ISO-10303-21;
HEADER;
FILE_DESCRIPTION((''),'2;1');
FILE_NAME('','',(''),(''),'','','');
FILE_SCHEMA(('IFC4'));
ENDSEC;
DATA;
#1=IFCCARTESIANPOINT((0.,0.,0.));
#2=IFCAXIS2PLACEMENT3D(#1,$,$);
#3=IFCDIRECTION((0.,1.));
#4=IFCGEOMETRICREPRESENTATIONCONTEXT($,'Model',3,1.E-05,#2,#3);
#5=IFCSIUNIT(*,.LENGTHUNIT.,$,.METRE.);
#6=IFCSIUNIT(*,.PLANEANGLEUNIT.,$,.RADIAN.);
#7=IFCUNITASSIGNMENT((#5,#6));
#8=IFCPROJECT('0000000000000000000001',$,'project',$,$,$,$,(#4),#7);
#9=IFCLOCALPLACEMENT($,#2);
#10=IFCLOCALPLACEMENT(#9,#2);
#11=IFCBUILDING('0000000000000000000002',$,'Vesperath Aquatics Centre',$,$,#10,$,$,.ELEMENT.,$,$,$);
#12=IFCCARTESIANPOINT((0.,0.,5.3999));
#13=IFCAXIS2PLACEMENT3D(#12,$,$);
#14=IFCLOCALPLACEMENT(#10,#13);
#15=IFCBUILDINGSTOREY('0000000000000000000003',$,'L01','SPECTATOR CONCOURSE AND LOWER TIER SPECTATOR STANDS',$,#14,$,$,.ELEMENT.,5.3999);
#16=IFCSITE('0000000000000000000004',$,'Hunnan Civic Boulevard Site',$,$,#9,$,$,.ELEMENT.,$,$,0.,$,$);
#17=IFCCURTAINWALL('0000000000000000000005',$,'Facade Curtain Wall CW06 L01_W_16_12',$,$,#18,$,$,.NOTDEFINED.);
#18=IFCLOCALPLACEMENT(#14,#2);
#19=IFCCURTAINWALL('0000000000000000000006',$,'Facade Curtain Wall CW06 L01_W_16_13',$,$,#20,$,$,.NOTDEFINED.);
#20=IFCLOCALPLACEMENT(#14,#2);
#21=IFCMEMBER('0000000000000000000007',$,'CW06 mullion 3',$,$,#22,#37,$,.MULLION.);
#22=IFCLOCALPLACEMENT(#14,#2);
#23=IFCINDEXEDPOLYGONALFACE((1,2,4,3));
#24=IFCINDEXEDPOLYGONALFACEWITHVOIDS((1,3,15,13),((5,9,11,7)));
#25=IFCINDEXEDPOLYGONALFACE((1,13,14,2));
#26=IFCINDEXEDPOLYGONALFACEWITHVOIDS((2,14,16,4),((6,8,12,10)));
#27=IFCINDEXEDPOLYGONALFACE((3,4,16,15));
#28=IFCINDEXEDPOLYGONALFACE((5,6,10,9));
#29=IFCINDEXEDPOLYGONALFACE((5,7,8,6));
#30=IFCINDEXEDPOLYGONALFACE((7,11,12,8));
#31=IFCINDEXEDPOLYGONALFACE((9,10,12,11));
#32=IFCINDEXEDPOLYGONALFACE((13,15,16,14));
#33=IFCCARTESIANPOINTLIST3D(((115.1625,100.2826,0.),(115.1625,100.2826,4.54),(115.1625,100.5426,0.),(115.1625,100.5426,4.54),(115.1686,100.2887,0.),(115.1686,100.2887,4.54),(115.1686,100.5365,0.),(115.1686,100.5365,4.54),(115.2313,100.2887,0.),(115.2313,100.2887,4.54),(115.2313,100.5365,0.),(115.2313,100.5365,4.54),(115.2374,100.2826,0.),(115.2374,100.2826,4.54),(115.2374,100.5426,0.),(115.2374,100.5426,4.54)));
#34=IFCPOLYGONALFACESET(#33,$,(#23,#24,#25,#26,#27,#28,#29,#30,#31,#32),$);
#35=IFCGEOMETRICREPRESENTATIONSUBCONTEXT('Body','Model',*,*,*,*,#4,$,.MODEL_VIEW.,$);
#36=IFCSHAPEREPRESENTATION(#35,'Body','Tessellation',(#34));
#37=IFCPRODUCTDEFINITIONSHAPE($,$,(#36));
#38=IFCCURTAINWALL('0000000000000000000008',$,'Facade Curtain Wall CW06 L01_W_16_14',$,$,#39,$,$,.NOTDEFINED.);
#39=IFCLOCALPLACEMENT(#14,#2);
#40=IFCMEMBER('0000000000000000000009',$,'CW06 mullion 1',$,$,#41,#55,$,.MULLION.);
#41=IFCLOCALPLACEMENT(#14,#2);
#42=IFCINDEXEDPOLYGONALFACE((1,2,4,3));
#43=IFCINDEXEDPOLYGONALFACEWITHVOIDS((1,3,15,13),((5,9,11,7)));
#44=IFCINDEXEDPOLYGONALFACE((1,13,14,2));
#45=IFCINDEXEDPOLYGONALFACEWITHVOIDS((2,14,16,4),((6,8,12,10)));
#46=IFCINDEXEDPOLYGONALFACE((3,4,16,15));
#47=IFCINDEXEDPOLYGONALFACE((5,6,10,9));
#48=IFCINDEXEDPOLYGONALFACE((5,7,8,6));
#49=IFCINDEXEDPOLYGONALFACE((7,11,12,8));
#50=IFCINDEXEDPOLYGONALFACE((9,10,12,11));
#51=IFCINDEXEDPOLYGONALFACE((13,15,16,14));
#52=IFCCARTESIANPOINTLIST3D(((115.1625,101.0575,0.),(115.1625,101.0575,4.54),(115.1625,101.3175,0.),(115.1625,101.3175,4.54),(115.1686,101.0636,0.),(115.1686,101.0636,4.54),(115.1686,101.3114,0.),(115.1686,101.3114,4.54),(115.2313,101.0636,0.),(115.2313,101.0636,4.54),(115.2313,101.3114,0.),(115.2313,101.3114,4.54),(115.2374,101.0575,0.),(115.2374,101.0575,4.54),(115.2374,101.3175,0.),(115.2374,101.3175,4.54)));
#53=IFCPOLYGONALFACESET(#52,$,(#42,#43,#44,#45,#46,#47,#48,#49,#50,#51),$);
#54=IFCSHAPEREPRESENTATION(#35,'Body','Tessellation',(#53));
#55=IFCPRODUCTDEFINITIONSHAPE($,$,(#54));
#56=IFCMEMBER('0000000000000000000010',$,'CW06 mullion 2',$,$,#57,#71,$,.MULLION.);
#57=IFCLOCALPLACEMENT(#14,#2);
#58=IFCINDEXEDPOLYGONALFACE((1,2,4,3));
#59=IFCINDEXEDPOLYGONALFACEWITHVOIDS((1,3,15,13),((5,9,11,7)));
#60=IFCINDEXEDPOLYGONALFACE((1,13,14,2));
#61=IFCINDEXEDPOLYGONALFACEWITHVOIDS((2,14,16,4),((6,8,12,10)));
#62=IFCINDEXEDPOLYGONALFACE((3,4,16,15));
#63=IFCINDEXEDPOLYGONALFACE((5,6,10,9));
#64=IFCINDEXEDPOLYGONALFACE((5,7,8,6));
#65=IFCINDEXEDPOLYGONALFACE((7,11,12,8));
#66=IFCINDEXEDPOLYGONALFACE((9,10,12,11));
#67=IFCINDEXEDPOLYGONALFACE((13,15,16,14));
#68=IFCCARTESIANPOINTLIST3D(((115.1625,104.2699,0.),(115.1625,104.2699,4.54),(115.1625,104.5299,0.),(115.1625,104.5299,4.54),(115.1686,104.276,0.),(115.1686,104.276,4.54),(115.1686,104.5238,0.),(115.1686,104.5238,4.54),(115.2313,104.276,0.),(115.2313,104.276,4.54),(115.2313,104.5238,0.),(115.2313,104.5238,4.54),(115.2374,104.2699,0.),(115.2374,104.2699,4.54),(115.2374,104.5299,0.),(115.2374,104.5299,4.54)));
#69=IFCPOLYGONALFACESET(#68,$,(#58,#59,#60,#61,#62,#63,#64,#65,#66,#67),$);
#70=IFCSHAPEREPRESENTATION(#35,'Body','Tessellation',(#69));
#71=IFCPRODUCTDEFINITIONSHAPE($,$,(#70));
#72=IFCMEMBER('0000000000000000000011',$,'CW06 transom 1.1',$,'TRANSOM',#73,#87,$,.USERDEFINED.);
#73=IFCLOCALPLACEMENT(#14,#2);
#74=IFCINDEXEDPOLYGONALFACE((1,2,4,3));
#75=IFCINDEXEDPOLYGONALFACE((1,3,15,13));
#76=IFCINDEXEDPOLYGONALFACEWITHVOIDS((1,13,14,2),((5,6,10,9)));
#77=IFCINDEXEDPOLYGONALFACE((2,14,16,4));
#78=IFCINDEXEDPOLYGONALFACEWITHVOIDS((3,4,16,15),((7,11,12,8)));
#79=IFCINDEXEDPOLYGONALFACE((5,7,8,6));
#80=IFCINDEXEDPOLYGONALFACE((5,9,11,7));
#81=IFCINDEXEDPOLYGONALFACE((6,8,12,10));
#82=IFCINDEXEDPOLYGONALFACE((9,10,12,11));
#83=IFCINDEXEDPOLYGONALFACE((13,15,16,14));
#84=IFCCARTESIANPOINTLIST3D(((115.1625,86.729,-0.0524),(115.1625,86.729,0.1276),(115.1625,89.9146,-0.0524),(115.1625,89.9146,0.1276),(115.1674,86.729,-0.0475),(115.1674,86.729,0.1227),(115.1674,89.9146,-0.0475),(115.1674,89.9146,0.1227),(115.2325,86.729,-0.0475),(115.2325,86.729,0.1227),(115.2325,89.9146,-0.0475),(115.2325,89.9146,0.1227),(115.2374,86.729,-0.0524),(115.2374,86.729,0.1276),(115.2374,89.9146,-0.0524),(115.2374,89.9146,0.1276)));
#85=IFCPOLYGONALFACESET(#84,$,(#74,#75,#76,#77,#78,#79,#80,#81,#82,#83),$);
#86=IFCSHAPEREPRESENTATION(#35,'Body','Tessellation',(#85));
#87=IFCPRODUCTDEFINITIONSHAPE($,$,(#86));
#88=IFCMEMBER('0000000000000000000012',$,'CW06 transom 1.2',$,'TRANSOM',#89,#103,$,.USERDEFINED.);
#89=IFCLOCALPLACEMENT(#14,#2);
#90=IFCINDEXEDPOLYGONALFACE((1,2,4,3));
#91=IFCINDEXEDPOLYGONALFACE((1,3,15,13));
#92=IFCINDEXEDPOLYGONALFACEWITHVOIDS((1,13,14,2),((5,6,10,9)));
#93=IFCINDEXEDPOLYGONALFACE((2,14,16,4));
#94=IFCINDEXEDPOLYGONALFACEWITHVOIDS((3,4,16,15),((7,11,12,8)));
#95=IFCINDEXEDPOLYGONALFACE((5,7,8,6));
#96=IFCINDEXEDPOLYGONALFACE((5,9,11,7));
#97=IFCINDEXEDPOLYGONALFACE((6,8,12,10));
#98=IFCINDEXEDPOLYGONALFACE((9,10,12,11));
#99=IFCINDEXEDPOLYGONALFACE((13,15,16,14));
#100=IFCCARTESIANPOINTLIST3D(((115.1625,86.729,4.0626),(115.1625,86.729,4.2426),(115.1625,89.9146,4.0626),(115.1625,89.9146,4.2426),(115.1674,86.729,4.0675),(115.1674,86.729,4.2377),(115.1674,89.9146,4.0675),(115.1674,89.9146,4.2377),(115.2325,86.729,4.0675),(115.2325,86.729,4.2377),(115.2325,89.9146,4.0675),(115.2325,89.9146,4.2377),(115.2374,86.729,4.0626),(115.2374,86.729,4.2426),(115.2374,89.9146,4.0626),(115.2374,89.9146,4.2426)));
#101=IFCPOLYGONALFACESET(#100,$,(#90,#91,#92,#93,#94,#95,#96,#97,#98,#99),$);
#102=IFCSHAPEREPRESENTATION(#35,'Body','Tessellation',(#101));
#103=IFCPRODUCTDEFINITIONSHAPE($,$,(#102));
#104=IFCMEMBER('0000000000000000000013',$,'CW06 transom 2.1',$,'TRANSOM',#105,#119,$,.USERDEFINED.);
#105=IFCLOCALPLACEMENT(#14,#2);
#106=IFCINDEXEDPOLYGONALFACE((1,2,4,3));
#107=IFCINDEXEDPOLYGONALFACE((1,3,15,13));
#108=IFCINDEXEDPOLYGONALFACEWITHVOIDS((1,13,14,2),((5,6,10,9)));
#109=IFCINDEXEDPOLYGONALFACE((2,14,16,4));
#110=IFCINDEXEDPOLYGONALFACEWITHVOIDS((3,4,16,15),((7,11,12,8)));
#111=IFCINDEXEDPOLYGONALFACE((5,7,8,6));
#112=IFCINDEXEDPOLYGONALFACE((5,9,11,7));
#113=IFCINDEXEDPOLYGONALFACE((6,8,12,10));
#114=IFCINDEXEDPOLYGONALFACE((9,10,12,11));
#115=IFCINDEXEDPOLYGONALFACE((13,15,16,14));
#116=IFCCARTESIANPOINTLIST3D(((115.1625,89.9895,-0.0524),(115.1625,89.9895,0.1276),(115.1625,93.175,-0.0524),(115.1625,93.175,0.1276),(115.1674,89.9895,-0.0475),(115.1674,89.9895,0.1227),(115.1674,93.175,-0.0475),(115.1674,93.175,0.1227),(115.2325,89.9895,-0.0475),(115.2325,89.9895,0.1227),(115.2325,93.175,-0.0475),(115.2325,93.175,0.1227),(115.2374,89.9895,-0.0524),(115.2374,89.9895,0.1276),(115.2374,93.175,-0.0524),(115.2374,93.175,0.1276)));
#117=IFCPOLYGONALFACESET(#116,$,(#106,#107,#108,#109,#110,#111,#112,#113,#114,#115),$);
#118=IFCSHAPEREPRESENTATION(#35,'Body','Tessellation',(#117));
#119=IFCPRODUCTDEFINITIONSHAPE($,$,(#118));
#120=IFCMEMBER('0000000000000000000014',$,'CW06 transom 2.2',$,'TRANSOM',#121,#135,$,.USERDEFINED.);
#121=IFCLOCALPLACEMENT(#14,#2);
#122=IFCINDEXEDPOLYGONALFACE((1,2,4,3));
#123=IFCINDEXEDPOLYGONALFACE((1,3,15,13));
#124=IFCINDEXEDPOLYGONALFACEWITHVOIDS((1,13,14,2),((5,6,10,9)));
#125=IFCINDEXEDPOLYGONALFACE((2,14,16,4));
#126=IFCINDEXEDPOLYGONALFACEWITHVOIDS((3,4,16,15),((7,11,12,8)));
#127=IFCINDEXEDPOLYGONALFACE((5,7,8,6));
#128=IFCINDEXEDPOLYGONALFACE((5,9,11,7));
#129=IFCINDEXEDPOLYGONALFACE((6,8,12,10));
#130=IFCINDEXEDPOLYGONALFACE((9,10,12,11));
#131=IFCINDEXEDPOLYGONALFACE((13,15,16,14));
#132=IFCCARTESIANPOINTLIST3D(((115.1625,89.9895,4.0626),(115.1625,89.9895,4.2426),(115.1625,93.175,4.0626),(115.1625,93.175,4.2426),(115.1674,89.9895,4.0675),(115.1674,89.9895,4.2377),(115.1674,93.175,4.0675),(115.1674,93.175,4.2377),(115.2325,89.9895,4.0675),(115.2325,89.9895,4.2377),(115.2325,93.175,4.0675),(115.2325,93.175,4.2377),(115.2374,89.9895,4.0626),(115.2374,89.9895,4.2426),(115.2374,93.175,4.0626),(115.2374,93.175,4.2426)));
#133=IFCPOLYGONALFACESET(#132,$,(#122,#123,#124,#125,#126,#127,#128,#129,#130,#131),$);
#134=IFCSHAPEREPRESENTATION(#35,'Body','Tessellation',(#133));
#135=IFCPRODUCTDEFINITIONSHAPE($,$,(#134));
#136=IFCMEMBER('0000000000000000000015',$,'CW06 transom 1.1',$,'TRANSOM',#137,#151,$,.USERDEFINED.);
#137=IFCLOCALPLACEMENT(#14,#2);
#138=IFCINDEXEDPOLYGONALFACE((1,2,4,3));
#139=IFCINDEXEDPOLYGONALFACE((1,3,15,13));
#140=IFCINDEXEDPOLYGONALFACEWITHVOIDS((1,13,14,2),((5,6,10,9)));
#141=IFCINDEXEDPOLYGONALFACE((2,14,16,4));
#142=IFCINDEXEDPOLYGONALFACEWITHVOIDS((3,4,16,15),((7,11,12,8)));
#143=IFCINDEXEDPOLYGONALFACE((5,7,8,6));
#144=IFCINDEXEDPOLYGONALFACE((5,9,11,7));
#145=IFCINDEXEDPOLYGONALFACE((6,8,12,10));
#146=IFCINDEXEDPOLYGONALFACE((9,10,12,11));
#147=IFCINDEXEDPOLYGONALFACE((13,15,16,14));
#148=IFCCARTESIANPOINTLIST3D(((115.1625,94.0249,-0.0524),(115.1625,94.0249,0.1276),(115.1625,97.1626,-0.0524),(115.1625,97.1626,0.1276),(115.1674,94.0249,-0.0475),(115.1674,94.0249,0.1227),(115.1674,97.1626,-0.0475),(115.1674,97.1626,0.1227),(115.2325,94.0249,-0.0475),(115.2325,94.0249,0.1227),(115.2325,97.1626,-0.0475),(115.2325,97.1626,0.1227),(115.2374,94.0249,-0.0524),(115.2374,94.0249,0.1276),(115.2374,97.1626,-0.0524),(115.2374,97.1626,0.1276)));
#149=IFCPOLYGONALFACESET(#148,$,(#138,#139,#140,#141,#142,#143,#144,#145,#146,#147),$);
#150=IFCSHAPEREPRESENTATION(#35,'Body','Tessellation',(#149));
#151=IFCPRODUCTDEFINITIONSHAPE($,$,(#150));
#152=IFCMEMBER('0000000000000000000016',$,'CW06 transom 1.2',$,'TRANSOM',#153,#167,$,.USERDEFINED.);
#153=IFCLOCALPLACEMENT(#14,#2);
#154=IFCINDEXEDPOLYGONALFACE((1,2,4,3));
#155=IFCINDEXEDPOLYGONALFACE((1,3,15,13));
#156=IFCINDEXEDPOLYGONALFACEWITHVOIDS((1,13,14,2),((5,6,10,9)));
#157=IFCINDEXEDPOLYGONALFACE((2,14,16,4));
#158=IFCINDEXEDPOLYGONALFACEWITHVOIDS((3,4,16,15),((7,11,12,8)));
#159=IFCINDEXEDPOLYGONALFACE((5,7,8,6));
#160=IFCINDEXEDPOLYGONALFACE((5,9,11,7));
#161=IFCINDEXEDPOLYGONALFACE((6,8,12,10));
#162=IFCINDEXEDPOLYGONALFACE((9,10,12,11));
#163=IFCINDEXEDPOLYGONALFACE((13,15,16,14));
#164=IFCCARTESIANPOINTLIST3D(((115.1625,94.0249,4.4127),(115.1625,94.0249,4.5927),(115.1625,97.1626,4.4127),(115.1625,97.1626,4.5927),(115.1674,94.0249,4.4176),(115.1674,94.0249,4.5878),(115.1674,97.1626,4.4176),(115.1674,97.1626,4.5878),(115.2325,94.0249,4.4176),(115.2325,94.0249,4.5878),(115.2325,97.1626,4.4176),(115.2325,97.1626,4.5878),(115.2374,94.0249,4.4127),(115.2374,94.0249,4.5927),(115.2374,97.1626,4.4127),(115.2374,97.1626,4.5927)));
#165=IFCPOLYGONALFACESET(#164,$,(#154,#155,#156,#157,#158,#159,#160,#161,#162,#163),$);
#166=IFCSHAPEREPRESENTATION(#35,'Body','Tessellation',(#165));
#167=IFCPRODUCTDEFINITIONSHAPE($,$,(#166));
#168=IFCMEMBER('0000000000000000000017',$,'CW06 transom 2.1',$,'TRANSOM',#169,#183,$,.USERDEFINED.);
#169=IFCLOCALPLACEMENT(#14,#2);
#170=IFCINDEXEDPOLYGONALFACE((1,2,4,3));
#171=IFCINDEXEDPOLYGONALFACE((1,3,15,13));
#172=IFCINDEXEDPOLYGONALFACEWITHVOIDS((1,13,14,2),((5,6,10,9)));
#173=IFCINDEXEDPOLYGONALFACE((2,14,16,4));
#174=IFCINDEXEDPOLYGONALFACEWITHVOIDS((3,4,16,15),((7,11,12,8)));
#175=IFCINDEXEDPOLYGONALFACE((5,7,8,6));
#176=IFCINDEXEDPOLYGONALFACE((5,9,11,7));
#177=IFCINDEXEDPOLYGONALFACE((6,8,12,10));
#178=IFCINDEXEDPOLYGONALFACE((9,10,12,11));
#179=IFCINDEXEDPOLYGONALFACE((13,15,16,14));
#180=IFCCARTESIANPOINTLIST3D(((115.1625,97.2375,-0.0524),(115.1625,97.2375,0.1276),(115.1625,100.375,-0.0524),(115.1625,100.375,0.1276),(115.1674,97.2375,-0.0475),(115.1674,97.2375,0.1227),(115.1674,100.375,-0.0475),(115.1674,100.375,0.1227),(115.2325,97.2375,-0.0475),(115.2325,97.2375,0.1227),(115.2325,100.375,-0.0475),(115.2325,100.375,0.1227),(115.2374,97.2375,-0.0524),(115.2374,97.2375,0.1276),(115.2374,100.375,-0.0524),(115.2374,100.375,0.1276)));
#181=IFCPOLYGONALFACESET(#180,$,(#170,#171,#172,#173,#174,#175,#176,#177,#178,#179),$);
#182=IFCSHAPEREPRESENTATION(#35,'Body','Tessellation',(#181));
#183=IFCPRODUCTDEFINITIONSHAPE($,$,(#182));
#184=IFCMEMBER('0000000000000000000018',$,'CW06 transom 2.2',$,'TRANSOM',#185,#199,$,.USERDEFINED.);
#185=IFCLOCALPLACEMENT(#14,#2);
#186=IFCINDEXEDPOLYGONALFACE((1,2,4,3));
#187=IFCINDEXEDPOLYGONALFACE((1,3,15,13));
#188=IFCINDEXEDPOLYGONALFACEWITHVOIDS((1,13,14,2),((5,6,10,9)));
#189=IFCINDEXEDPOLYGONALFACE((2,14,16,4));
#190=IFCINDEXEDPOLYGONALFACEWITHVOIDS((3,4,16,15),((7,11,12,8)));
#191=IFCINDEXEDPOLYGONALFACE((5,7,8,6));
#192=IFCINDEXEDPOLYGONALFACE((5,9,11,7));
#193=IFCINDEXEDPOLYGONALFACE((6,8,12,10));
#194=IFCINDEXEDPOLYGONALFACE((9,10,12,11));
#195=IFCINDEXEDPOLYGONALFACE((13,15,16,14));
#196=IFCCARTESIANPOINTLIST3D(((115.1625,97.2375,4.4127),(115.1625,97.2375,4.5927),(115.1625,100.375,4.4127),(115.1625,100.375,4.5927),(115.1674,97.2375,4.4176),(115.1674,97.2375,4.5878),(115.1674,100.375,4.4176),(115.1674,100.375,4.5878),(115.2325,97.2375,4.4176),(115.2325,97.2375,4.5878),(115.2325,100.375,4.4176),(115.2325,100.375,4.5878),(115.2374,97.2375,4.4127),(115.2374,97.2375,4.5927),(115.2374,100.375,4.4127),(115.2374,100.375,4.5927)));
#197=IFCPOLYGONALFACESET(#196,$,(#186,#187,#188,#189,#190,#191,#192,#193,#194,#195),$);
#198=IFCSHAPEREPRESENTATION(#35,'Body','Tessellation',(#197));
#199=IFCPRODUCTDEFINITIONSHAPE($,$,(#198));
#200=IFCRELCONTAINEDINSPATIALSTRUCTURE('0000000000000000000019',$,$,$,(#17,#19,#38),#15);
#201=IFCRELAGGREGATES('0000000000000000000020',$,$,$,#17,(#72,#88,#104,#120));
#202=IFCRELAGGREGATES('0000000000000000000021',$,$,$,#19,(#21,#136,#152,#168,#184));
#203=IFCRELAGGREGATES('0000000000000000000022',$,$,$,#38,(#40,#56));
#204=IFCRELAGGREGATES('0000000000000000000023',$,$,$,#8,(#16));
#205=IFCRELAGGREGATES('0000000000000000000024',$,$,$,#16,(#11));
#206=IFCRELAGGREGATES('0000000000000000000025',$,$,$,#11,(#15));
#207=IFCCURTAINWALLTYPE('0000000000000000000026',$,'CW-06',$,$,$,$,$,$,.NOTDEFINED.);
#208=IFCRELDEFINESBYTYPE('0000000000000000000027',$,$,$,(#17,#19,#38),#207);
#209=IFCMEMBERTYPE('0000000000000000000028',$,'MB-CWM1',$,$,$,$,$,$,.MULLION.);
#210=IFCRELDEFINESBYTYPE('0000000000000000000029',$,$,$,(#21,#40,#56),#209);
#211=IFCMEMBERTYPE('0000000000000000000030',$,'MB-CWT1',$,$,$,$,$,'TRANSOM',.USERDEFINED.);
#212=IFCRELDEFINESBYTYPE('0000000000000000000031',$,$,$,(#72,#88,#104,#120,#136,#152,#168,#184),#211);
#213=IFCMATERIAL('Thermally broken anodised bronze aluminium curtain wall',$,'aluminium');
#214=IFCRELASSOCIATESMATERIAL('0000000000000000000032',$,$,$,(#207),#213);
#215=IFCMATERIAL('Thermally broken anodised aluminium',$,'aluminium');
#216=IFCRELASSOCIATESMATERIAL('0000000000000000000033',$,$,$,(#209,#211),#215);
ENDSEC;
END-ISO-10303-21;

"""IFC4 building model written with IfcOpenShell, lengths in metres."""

from ifc_helpers import new_model, si_unit, direction, frame, origin, origin_2d, place, context, subcontext, project, spatial, hollow_rectangle, extrude, material, material_profile, profile_set, type_object, element, aggregate, save


model = new_model("IFC4")

# Units and contexts
model_context = context("Model", 3, precision=1e-05, world=origin(), true_north=direction((0.0, 1.0)))
body_context = subcontext(model_context, "Body", "Model", "MODEL_VIEW")
ifc_project = project(units=[si_unit("LENGTHUNIT", "METRE"), si_unit("PLANEANGLEUNIT", "RADIAN")], contexts=[model_context])

# Site, building, storey
site_placement = place(None, origin())
site = spatial("IfcSite", under=ifc_project, at=site_placement, Name="Hunnan Civic Boulevard Site", CompositionType="ELEMENT", RefElevation=0.0)
building_placement = place(site_placement, origin())
building = spatial("IfcBuilding", under=site, at=building_placement, Name="Vesperath Aquatics Centre", CompositionType="ELEMENT")
storey_placement = place(building_placement, frame((0.0, 0.0, 5.3999)))
storey = spatial("IfcBuildingStorey", under=building, at=storey_placement, Name="L01", Description="SPECTATOR CONCOURSE AND LOWER TIER SPECTATOR STANDS", CompositionType="ELEMENT", Elevation=5.3999)

# Shared definitions
ifc_material_1 = material(Name="Thermally broken anodised bronze aluminium curtain wall", Category="aluminium")
curtain_wall_type = type_object("IfcCurtainWallType", Name="CW-06", PredefinedType="NOTDEFINED", material=ifc_material_1)
ifc_material_2 = material(Name="Thermally broken anodised aluminium", Category="aluminium")
ifc_material_profile_1 = material_profile(ifc_material_2, hollow_rectangle(XDim=0.075, YDim=0.26, WallThickness=0.0061, at=origin_2d()), Name="CWM 75x260x6")
ifc_profile_set_1 = profile_set([ifc_material_profile_1], Name="Thermally broken anodised aluminium")
member_type_1 = type_object("IfcMemberType", Name="MB-CWM1", PredefinedType="MULLION", material=ifc_profile_set_1)

# Curtain walls, members
curtain_wall_1_placement = place(storey_placement, origin())
curtain_wall_1 = element("IfcCurtainWall", 1, at=curtain_wall_1_placement, inside=storey, type_object=curtain_wall_type, Name="Facade Curtain Wall CW06 L01_W_16_12", PredefinedType="NOTDEFINED")
curtain_wall_2_placement = place(storey_placement, origin())
curtain_wall_2 = element("IfcCurtainWall", 2, at=curtain_wall_2_placement, inside=storey, type_object=curtain_wall_type, Name="Facade Curtain Wall CW06 L01_W_16_13", PredefinedType="NOTDEFINED")
member_1_placement = place(storey_placement, frame((115.2, 100.4126, 0.0), z_axis=(0.0, 0.0, 1.0), x_axis=(-1.0, 0.0, 0.0)))
member_1 = element("IfcMember", 3, at=member_1_placement, type_object=member_type_1, Name="CW06 mullion 3", PredefinedType="MULLION", context=body_context, shape_type="SweptSolid", body=[
    extrude(hollow_rectangle(XDim=0.075, YDim=0.26, WallThickness=0.0061, at=origin_2d()), origin(), (0.0, 0.0, 1.0), 4.54),
])
curtain_wall_3_placement = place(storey_placement, origin())
curtain_wall_3 = element("IfcCurtainWall", 4, at=curtain_wall_3_placement, inside=storey, type_object=curtain_wall_type, Name="Facade Curtain Wall CW06 L01_W_16_14", PredefinedType="NOTDEFINED")
member_2_placement = place(storey_placement, frame((115.2, 101.1875, 0.0), z_axis=(0.0, 0.0, 1.0), x_axis=(-1.0, 0.0, 0.0)))
member_2 = element("IfcMember", 5, at=member_2_placement, type_object=member_type_1, Name="CW06 mullion 1", PredefinedType="MULLION", context=body_context, shape_type="SweptSolid", body=[
    extrude(hollow_rectangle(XDim=0.075, YDim=0.26, WallThickness=0.0061, at=origin_2d()), origin(), (0.0, 0.0, 1.0), 4.54),
])
member_3_placement = place(storey_placement, frame((115.2, 104.3999, 0.0), z_axis=(0.0, 0.0, 1.0), x_axis=(-1.0, 0.0, 0.0)))
member_3 = element("IfcMember", 6, at=member_3_placement, type_object=member_type_1, Name="CW06 mullion 2", PredefinedType="MULLION", context=body_context, shape_type="SweptSolid", body=[
    extrude(hollow_rectangle(XDim=0.075, YDim=0.26, WallThickness=0.0061, at=origin_2d()), origin(), (0.0, 0.0, 1.0), 4.54),
])

# Members
ifc_material_profile_2 = material_profile(ifc_material_2, hollow_rectangle(XDim=0.075, YDim=0.1799, WallThickness=0.0049, at=origin_2d()), Name="CWT 75x180x5")
ifc_profile_set_2 = profile_set([ifc_material_profile_2], Name="Thermally broken anodised aluminium")
member_type_2 = type_object("IfcMemberType", Name="MB-CWT1", ElementType="TRANSOM", PredefinedType="USERDEFINED", material=ifc_profile_set_2)
member_4_placement = place(storey_placement, frame((115.2, 86.729, 0.0376), z_axis=(0.0, 1.0, 0.0), x_axis=(-1.0, 0.0, 0.0)))
member_4 = element("IfcMember", 7, at=member_4_placement, type_object=member_type_2, Name="CW06 transom 1.1", ObjectType="TRANSOM", PredefinedType="USERDEFINED", context=body_context, shape_type="SweptSolid", body=[
    extrude(hollow_rectangle(XDim=0.075, YDim=0.1799, WallThickness=0.0049, at=origin_2d()), origin(), (0.0, 0.0, 1.0), 3.1855),
])
member_5_placement = place(storey_placement, frame((115.2, 86.729, 4.1526), z_axis=(0.0, 1.0, 0.0), x_axis=(-1.0, 0.0, 0.0)))
member_5 = element("IfcMember", 8, at=member_5_placement, type_object=member_type_2, Name="CW06 transom 1.2", ObjectType="TRANSOM", PredefinedType="USERDEFINED", context=body_context, shape_type="SweptSolid", body=[
    extrude(hollow_rectangle(XDim=0.075, YDim=0.1799, WallThickness=0.0049, at=origin_2d()), origin(), (0.0, 0.0, 1.0), 3.1855),
])
member_6_placement = place(storey_placement, frame((115.2, 89.9895, 0.0376), z_axis=(0.0, 1.0, 0.0), x_axis=(-1.0, 0.0, 0.0)))
member_6 = element("IfcMember", 9, at=member_6_placement, type_object=member_type_2, Name="CW06 transom 2.1", ObjectType="TRANSOM", PredefinedType="USERDEFINED", context=body_context, shape_type="SweptSolid", body=[
    extrude(hollow_rectangle(XDim=0.075, YDim=0.1799, WallThickness=0.0049, at=origin_2d()), origin(), (0.0, 0.0, 1.0), 3.1855),
])
member_7_placement = place(storey_placement, frame((115.2, 89.9895, 4.1526), z_axis=(0.0, 1.0, 0.0), x_axis=(-1.0, 0.0, 0.0)))
member_7 = element("IfcMember", 10, at=member_7_placement, type_object=member_type_2, Name="CW06 transom 2.2", ObjectType="TRANSOM", PredefinedType="USERDEFINED", context=body_context, shape_type="SweptSolid", body=[
    extrude(hollow_rectangle(XDim=0.075, YDim=0.1799, WallThickness=0.0049, at=origin_2d()), origin(), (0.0, 0.0, 1.0), 3.1855),
])
member_8_placement = place(storey_placement, frame((115.2, 94.0249, 0.0376), z_axis=(0.0, 1.0, 0.0), x_axis=(-1.0, 0.0, 0.0)))
member_8 = element("IfcMember", 11, at=member_8_placement, type_object=member_type_2, Name="CW06 transom 1.1", ObjectType="TRANSOM", PredefinedType="USERDEFINED", context=body_context, shape_type="SweptSolid", body=[
    extrude(hollow_rectangle(XDim=0.075, YDim=0.1799, WallThickness=0.0049, at=origin_2d()), origin(), (0.0, 0.0, 1.0), 3.1377),
])
member_9_placement = place(storey_placement, frame((115.2, 94.0249, 4.5027), z_axis=(0.0, 1.0, 0.0), x_axis=(-1.0, 0.0, 0.0)))
member_9 = element("IfcMember", 12, at=member_9_placement, type_object=member_type_2, Name="CW06 transom 1.2", ObjectType="TRANSOM", PredefinedType="USERDEFINED", context=body_context, shape_type="SweptSolid", body=[
    extrude(hollow_rectangle(XDim=0.075, YDim=0.1799, WallThickness=0.0049, at=origin_2d()), origin(), (0.0, 0.0, 1.0), 3.1377),
])
member_10_placement = place(storey_placement, frame((115.2, 97.2375, 0.0376), z_axis=(0.0, 1.0, 0.0), x_axis=(-1.0, 0.0, 0.0)))
member_10 = element("IfcMember", 13, at=member_10_placement, type_object=member_type_2, Name="CW06 transom 2.1", ObjectType="TRANSOM", PredefinedType="USERDEFINED", context=body_context, shape_type="SweptSolid", body=[
    extrude(hollow_rectangle(XDim=0.075, YDim=0.1799, WallThickness=0.0049, at=origin_2d()), origin(), (0.0, 0.0, 1.0), 3.1375),
])
member_11_placement = place(storey_placement, frame((115.2, 97.2375, 4.5027), z_axis=(0.0, 1.0, 0.0), x_axis=(-1.0, 0.0, 0.0)))
member_11 = element("IfcMember", 14, at=member_11_placement, type_object=member_type_2, Name="CW06 transom 2.2", ObjectType="TRANSOM", PredefinedType="USERDEFINED", context=body_context, shape_type="SweptSolid", body=[
    extrude(hollow_rectangle(XDim=0.075, YDim=0.1799, WallThickness=0.0049, at=origin_2d()), origin(), (0.0, 0.0, 1.0), 3.1375),
])

aggregate(curtain_wall_1, [member_4, member_5, member_6, member_7])
aggregate(curtain_wall_2, [member_1, member_8, member_9, member_10, member_11])
aggregate(curtain_wall_3, [member_2, member_3])

save(model, "model.ifc")
